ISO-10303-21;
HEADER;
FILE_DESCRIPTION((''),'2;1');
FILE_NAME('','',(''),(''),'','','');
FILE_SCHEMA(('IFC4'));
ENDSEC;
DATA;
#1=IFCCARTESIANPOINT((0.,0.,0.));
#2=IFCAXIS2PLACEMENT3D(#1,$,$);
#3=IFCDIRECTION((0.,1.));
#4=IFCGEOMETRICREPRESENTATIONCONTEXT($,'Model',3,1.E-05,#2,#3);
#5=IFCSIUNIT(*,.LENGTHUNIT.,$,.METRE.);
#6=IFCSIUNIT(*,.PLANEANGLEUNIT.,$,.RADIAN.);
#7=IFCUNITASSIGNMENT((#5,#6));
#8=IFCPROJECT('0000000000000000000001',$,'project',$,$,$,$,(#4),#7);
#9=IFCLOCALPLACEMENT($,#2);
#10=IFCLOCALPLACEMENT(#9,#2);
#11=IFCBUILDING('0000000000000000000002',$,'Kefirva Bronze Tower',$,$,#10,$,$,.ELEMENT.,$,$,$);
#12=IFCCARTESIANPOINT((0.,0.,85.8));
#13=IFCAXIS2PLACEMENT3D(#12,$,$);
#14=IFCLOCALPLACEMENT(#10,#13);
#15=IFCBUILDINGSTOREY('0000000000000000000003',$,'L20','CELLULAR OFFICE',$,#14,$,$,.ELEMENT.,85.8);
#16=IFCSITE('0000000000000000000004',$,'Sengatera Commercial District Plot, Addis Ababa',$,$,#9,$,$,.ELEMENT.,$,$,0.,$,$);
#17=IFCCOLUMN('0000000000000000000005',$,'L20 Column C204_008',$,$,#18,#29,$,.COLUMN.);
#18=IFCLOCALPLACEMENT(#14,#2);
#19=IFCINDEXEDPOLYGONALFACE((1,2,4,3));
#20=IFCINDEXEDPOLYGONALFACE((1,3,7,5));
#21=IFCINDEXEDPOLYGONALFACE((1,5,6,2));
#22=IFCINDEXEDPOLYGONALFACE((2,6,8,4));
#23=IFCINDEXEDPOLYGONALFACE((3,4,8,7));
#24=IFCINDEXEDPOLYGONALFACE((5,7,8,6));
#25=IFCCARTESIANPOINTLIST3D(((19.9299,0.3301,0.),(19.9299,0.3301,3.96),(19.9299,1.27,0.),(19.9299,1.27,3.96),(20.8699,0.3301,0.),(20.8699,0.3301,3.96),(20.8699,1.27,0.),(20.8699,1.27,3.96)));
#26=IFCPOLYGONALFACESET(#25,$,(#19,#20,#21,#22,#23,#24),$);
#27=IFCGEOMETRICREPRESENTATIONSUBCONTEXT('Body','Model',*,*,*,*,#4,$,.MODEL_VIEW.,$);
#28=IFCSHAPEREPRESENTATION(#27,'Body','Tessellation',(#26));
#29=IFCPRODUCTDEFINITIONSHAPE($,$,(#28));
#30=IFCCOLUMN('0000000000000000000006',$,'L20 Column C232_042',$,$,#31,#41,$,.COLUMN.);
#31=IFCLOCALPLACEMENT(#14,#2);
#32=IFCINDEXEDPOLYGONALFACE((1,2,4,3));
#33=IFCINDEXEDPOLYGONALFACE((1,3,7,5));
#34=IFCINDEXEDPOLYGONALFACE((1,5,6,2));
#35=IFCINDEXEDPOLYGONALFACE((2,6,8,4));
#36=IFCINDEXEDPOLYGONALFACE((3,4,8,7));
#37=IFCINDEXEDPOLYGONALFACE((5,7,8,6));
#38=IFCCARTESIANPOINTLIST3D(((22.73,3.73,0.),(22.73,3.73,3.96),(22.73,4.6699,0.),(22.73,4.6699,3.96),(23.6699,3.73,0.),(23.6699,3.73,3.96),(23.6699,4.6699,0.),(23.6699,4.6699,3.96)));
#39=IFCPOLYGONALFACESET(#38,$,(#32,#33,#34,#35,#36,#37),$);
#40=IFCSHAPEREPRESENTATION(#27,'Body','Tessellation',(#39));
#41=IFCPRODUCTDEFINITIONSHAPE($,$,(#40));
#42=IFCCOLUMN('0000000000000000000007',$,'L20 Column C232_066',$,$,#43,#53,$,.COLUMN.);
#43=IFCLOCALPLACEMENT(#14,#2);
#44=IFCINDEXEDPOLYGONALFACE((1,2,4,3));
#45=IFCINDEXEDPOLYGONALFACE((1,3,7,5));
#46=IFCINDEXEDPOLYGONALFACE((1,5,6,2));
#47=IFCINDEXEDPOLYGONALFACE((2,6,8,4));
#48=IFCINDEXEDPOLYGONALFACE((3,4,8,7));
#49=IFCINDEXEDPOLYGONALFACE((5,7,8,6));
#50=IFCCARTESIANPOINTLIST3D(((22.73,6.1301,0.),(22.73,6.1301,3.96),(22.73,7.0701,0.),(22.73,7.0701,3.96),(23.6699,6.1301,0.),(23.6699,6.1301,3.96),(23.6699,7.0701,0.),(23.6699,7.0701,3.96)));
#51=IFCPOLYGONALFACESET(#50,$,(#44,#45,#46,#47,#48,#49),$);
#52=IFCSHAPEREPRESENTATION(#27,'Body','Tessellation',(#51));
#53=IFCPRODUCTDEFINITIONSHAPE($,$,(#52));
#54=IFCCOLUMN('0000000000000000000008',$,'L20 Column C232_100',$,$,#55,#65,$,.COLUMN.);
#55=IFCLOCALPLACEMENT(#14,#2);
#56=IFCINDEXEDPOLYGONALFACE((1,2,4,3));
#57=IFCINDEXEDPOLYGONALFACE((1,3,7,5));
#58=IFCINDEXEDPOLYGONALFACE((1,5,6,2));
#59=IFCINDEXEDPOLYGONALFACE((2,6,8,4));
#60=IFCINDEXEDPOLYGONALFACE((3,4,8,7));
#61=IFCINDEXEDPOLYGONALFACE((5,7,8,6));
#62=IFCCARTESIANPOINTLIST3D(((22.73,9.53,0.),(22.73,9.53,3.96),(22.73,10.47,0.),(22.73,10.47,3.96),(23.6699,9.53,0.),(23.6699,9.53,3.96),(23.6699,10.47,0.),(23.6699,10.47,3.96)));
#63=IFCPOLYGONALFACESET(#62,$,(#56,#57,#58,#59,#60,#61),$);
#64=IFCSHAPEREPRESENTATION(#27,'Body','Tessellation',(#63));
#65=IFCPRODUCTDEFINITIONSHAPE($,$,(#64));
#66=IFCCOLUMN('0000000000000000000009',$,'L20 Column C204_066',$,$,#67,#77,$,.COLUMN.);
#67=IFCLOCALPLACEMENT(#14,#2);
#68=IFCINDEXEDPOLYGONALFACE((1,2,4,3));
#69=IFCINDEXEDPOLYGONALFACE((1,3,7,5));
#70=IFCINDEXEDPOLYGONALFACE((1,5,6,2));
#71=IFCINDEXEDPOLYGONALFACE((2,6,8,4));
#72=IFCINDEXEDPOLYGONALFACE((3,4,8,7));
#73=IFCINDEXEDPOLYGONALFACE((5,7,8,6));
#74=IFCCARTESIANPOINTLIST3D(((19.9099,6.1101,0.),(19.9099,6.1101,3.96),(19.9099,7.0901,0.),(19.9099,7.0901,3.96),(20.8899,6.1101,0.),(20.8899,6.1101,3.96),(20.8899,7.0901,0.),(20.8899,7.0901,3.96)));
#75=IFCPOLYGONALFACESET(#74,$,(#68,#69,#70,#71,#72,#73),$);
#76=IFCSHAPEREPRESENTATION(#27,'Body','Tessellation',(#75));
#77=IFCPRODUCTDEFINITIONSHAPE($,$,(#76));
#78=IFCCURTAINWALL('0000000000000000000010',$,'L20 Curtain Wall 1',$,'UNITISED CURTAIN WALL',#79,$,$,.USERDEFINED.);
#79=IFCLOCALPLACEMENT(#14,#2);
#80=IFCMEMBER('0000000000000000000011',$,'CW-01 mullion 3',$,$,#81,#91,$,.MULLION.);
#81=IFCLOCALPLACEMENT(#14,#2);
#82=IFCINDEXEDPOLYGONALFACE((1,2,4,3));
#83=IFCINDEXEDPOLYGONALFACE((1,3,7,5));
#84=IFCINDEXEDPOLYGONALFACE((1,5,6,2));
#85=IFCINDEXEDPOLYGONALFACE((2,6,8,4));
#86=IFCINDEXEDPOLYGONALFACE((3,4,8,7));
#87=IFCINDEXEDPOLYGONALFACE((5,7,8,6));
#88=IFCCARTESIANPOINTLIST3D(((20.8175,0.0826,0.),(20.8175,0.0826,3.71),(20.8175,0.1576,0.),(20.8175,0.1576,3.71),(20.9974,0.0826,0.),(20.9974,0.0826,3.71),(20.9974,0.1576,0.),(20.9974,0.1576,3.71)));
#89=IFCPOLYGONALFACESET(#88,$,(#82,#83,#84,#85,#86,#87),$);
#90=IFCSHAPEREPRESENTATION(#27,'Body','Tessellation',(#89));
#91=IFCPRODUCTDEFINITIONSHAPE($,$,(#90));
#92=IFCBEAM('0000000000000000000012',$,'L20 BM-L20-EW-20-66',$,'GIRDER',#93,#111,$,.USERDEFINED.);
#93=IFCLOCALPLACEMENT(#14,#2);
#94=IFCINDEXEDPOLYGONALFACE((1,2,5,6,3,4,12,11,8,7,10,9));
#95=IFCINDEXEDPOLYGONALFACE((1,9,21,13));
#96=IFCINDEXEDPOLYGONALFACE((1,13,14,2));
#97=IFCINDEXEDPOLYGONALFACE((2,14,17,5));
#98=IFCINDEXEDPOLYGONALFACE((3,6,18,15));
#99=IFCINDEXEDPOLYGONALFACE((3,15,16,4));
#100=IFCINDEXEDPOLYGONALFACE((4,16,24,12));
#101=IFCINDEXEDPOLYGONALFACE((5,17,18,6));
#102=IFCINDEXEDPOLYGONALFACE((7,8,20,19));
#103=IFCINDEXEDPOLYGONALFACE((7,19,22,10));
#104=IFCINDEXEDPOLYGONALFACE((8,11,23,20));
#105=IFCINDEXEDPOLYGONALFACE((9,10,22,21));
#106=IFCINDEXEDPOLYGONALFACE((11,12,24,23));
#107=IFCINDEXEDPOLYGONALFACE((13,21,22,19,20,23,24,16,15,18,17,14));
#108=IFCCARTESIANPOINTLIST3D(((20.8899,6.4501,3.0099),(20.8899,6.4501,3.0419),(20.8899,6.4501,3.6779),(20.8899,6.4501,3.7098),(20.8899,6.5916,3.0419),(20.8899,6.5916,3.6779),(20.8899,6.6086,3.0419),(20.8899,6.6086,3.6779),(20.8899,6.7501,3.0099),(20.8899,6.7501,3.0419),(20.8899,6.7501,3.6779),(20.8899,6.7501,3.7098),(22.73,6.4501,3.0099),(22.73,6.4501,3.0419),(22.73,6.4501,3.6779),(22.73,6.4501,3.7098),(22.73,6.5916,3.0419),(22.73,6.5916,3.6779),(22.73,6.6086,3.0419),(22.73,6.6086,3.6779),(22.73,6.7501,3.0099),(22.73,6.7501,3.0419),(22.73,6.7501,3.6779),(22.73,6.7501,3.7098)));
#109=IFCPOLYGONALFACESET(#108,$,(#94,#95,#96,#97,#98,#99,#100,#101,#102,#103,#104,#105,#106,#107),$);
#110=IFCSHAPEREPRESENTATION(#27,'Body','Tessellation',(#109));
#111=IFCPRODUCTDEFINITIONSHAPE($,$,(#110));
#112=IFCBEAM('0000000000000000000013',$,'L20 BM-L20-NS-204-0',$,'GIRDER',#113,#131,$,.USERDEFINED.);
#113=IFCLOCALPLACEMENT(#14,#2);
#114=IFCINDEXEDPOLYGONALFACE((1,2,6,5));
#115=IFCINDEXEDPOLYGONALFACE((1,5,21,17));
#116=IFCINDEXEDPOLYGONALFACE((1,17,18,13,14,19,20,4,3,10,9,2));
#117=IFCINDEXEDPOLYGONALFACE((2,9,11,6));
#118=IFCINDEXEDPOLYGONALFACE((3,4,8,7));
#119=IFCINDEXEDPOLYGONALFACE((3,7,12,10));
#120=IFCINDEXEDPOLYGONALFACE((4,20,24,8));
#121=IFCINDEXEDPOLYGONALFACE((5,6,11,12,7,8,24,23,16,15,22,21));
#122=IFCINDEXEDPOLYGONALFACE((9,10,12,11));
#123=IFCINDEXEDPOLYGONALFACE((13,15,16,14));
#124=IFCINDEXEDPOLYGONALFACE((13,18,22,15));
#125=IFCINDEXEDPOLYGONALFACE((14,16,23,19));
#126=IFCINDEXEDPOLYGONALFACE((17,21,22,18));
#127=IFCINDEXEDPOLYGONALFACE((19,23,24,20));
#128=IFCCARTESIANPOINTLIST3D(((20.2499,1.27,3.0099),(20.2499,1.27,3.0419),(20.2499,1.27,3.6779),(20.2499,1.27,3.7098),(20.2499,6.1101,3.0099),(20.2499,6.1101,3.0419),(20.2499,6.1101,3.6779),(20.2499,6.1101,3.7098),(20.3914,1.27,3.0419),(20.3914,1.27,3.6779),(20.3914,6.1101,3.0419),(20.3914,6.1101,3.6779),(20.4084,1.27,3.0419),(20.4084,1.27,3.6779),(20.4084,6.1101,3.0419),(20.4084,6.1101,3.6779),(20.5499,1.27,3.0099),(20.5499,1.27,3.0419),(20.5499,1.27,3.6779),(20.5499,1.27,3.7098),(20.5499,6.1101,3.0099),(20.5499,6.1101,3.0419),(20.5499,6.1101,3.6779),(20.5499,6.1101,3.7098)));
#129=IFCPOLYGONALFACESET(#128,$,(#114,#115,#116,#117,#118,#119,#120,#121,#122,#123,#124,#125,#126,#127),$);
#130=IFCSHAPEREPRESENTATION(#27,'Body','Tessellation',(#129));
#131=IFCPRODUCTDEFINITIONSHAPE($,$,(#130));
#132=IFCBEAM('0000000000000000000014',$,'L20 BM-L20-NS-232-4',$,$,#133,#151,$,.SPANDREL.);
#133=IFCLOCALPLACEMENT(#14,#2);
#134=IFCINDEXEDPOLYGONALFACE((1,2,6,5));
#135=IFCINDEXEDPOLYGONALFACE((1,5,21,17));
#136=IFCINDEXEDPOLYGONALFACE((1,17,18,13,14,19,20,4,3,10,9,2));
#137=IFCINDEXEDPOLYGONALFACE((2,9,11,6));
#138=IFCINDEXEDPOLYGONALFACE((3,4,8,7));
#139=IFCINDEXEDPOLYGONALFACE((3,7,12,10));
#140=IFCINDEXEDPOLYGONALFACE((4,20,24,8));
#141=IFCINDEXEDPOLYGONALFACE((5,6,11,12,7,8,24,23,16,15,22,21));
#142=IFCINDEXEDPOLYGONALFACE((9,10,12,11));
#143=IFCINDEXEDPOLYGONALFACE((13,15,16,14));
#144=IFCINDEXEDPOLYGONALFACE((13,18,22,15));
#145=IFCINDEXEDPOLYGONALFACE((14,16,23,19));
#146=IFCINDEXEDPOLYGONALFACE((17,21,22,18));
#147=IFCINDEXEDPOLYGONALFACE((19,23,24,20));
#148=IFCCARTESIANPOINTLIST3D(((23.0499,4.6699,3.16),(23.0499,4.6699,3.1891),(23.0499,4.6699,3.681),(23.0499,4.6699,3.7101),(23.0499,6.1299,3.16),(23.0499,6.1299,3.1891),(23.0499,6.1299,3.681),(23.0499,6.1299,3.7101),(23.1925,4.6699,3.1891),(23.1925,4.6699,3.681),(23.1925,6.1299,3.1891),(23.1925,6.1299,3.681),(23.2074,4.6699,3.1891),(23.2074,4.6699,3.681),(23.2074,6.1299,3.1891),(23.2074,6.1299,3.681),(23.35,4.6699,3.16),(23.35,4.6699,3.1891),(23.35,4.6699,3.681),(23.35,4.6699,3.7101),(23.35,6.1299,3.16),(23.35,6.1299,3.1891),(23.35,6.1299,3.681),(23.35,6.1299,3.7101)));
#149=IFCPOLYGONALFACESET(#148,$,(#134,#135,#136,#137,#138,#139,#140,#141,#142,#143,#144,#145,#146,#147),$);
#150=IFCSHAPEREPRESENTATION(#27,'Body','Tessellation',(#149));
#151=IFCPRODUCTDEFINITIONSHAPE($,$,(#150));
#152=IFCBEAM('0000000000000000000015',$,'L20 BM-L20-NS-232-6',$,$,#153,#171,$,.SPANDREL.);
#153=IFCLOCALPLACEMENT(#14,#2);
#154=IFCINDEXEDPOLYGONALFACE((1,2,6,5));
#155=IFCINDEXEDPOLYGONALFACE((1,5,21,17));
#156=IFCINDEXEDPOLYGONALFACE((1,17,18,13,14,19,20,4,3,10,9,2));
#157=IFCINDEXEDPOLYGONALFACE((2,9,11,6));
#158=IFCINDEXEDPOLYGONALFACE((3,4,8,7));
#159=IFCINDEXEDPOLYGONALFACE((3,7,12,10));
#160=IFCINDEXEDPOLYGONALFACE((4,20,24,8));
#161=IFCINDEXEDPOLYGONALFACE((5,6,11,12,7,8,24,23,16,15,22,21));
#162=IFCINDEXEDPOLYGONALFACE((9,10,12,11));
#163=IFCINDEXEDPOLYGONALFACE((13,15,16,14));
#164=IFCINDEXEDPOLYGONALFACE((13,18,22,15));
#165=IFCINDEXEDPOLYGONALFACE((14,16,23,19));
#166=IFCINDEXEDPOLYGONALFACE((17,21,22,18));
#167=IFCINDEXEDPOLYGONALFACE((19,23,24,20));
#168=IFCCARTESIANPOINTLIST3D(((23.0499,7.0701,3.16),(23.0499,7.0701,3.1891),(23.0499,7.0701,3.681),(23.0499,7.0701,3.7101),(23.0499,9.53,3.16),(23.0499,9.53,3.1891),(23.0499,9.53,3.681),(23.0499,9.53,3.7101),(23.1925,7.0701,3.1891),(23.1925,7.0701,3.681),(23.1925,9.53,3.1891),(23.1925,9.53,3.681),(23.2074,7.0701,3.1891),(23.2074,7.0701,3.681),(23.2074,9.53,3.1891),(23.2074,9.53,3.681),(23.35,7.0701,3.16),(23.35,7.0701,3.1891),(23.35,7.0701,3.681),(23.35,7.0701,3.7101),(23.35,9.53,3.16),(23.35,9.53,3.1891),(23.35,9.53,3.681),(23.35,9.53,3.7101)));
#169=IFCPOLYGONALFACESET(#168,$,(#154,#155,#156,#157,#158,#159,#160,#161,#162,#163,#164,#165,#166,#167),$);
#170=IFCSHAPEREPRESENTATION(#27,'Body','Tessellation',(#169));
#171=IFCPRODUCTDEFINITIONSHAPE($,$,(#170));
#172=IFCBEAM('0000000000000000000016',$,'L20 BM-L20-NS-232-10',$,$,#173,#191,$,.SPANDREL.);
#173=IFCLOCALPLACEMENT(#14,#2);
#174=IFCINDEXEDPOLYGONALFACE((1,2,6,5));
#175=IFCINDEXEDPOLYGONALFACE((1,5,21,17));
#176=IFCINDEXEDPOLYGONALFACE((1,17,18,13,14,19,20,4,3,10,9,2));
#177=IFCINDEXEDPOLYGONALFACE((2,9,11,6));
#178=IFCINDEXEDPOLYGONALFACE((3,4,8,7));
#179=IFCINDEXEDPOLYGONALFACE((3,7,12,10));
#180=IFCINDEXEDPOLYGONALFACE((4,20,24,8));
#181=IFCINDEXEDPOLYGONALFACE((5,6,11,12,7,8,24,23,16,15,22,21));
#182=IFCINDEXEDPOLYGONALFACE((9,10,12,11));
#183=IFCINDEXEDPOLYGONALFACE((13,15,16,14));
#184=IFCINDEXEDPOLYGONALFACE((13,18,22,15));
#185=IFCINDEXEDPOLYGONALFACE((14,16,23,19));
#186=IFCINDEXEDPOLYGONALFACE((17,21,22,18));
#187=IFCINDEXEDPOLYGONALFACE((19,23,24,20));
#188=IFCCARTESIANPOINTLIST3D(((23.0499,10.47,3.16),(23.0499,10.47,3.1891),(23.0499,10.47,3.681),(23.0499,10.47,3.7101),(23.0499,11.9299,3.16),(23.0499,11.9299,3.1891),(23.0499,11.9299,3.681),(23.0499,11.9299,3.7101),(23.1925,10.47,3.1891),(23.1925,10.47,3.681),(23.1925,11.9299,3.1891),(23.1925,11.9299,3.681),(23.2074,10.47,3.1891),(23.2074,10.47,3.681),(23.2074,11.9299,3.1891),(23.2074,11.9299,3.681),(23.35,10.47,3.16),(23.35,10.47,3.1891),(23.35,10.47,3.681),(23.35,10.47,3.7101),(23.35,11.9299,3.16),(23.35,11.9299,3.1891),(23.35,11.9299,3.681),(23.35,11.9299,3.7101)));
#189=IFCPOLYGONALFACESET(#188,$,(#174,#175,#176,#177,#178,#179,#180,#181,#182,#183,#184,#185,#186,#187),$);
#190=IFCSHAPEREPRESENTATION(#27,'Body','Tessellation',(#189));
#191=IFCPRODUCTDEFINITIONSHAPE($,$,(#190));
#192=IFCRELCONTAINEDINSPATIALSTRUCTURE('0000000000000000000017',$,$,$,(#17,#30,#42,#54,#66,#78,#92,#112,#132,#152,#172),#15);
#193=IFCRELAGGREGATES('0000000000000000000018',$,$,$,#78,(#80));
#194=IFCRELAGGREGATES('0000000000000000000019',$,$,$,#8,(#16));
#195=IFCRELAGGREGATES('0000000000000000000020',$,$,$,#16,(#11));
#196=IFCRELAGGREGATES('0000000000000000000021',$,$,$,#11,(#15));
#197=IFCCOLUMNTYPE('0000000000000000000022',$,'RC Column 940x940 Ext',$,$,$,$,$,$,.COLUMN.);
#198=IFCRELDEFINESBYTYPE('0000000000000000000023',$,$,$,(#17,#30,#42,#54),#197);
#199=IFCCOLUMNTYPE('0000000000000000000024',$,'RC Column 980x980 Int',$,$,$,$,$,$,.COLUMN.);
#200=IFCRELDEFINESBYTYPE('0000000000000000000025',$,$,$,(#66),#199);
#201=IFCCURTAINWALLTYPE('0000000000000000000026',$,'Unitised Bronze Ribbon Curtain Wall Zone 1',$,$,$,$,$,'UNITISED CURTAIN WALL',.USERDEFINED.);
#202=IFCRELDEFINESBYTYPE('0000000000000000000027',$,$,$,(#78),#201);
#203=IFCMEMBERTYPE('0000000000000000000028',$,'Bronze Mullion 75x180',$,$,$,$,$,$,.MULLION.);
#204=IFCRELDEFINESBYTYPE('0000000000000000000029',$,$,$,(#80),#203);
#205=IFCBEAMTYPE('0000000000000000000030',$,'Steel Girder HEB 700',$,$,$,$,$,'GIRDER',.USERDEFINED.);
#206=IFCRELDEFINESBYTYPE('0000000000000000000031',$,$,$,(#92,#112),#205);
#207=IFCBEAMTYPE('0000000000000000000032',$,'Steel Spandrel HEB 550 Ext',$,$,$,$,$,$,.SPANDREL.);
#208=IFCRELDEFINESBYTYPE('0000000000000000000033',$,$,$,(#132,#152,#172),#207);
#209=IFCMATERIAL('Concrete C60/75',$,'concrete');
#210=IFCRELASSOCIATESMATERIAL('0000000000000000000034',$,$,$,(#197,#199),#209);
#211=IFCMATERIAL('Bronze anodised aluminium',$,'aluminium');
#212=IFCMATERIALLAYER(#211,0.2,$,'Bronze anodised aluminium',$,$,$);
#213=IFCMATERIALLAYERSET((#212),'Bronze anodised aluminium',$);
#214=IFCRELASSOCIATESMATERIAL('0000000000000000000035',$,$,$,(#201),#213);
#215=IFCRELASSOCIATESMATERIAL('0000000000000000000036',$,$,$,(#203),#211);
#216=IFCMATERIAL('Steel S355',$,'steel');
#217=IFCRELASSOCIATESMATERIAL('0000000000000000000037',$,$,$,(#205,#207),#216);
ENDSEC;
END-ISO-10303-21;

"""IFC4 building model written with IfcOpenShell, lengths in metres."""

from ifc_helpers import new_model, si_unit, direction, frame, origin, origin_2d, place, context, subcontext, project, spatial, rectangle, i_section, extrude, material, layer, layer_set, material_profile, profile_set, type_object, element, aggregate, save


model = new_model("IFC4")

# Units and contexts
model_context = context("Model", 3, precision=1e-05, world=origin(), true_north=direction((0.0, 1.0)))
body_context = subcontext(model_context, "Body", "Model", "MODEL_VIEW")
ifc_project = project(units=[si_unit("LENGTHUNIT", "METRE"), si_unit("PLANEANGLEUNIT", "RADIAN")], contexts=[model_context])

# Site, building, storey
site_placement = place(None, origin())
site = spatial("IfcSite", under=ifc_project, at=site_placement, Name="Sengatera Commercial District Plot, Addis Ababa", CompositionType="ELEMENT", RefElevation=0.0)
building_placement = place(site_placement, origin())
building = spatial("IfcBuilding", under=site, at=building_placement, Name="Kefirva Bronze Tower", CompositionType="ELEMENT")
storey_placement = place(building_placement, frame((0.0, 0.0, 85.8)))
storey = spatial("IfcBuildingStorey", under=building, at=storey_placement, Name="L20", Description="CELLULAR OFFICE", CompositionType="ELEMENT", Elevation=85.8)

# Columns
ifc_material_1 = material(Name="Concrete C60/75", Category="concrete")
ifc_material_profile_1 = material_profile(ifc_material_1, rectangle(XDim=0.9399, YDim=0.9399, at=origin_2d()), Name="RC 940x940")
ifc_profile_set_1 = profile_set([ifc_material_profile_1], Name="Concrete C60/75")
column_type_1 = type_object("IfcColumnType", Name="RC Column 940x940 Ext", PredefinedType="COLUMN", material=ifc_profile_set_1)
for number, where, z_axis, x_axis, name in (
    (1, (20.3999, 0.8, 0.0), (0.0, 0.0, 1.0), (1.0, 0.0, 0.0), "L20 Column C204_008"),
    (2, (23.2, 4.2, 0.0), (0.0, 0.0, 1.0), (1.0, 0.0, 0.0), "L20 Column C232_042"),
    (3, (23.2, 6.6001, 0.0), (0.0, 0.0, 1.0), (1.0, 0.0, 0.0), "L20 Column C232_066"),
    (4, (23.2, 10.0, 0.0), (0.0, 0.0, 1.0), (1.0, 0.0, 0.0), "L20 Column C232_100"),
):
    element("IfcColumn", number, at=place(storey_placement, frame(where, z_axis=z_axis, x_axis=x_axis)), inside=storey, type_object=column_type_1, Name=name, PredefinedType="COLUMN", context=body_context, shape_type="SweptSolid", body=[
        extrude(rectangle(XDim=0.9399, YDim=0.9399, at=origin_2d()), origin(), (0.0, 0.0, 1.0), 3.96),
    ])
ifc_material_profile_2 = material_profile(ifc_material_1, rectangle(XDim=0.98, YDim=0.98, at=origin_2d()), Name="RC 980x980")
ifc_profile_set_2 = profile_set([ifc_material_profile_2], Name="Concrete C60/75")
column_type_2 = type_object("IfcColumnType", Name="RC Column 980x980 Int", PredefinedType="COLUMN", material=ifc_profile_set_2)
column_placement = place(storey_placement, frame((20.3999, 6.6001, 0.0), z_axis=(0.0, 0.0, 1.0), x_axis=(1.0, 0.0, 0.0)))
element("IfcColumn", 5, at=column_placement, inside=storey, type_object=column_type_2, Name="L20 Column C204_066", PredefinedType="COLUMN", context=body_context, shape_type="SweptSolid", body=[
    extrude(rectangle(XDim=0.98, YDim=0.98, at=origin_2d()), origin(), (0.0, 0.0, 1.0), 3.96),
])

# Curtain wall, member
ifc_material_2 = material(Name="Bronze anodised aluminium", Category="aluminium")
ifc_layer_1 = layer(ifc_material_2, 0.2, Name="Bronze anodised aluminium")
ifc_layer_set_1 = layer_set([ifc_layer_1], Name="Bronze anodised aluminium")
curtain_wall_type = type_object("IfcCurtainWallType", Name="Unitised Bronze Ribbon Curtain Wall Zone 1", ElementType="UNITISED CURTAIN WALL", PredefinedType="USERDEFINED", material=ifc_layer_set_1)
curtain_wall_placement = place(storey_placement, origin())
curtain_wall = element("IfcCurtainWall", 6, at=curtain_wall_placement, inside=storey, type_object=curtain_wall_type, Name="L20 Curtain Wall 1", ObjectType="UNITISED CURTAIN WALL", PredefinedType="USERDEFINED")
ifc_material_profile_3 = material_profile(ifc_material_2, rectangle(XDim=0.075, YDim=0.1799, at=origin_2d()), Name="ALU 75x180")
ifc_profile_set_3 = profile_set([ifc_material_profile_3], Name="Bronze anodised aluminium")
member_type = type_object("IfcMemberType", Name="Bronze Mullion 75x180", PredefinedType="MULLION", material=ifc_profile_set_3)
member_placement = place(storey_placement, frame((20.9075, 0.1201, 0.0), z_axis=(0.0, 0.0, 1.0), x_axis=(0.0, 1.0, 0.0)))
member = element("IfcMember", 7, at=member_placement, type_object=member_type, Name="CW-01 mullion 3", PredefinedType="MULLION", context=body_context, shape_type="SweptSolid", body=[
    extrude(rectangle(XDim=0.075, YDim=0.1799, at=origin_2d()), origin(), (0.0, 0.0, 1.0), 3.71),
])
aggregate(curtain_wall, [member])

# Beams
ifc_material_3 = material(Name="Steel S355", Category="steel")
ifc_material_profile_4 = material_profile(ifc_material_3, i_section(OverallWidth=0.3, OverallDepth=0.7, WebThickness=0.0171, FlangeThickness=0.032, at=origin_2d()), Name="HEB 700")
ifc_profile_set_4 = profile_set([ifc_material_profile_4], Name="Steel S355")
beam_type_1 = type_object("IfcBeamType", Name="Steel Girder HEB 700", ElementType="GIRDER", PredefinedType="USERDEFINED", material=ifc_profile_set_4)
beam_1_placement = place(storey_placement, frame((20.8899, 6.6001, 3.3599), z_axis=(1.0, 0.0, 0.0), x_axis=(0.0, 1.0, 0.0)))
element("IfcBeam", 8, at=beam_1_placement, inside=storey, type_object=beam_type_1, Name="L20 BM-L20-EW-20-66", ObjectType="GIRDER", PredefinedType="USERDEFINED", context=body_context, shape_type="SweptSolid", body=[
    extrude(i_section(OverallWidth=0.3, OverallDepth=0.7, WebThickness=0.0171, FlangeThickness=0.032, at=origin_2d()), origin(), (0.0, 0.0, 1.0), 1.8401),
])
beam_2_placement = place(storey_placement, frame((20.3999, 1.27, 3.3599), z_axis=(0.0, 1.0, 0.0), x_axis=(-1.0, 0.0, 0.0)))
element("IfcBeam", 9, at=beam_2_placement, inside=storey, type_object=beam_type_1, Name="L20 BM-L20-NS-204-0", ObjectType="GIRDER", PredefinedType="USERDEFINED", context=body_context, shape_type="SweptSolid", body=[
    extrude(i_section(OverallWidth=0.3, OverallDepth=0.7, WebThickness=0.0171, FlangeThickness=0.032, at=origin_2d()), origin(), (0.0, 0.0, 1.0), 4.8401),
])
ifc_material_profile_5 = material_profile(ifc_material_3, i_section(OverallWidth=0.3, OverallDepth=0.55, WebThickness=0.0149, FlangeThickness=0.0291, at=origin_2d()), Name="HEB 550")
ifc_profile_set_5 = profile_set([ifc_material_profile_5], Name="Steel S355")
beam_type_2 = type_object("IfcBeamType", Name="Steel Spandrel HEB 550 Ext", PredefinedType="SPANDREL", material=ifc_profile_set_5)
beam_3_placement = place(storey_placement, frame((23.2, 4.6699, 3.4351), z_axis=(0.0, 1.0, 0.0), x_axis=(-1.0, 0.0, 0.0)))
element("IfcBeam", 10, at=beam_3_placement, inside=storey, type_object=beam_type_2, Name="L20 BM-L20-NS-232-4", PredefinedType="SPANDREL", context=body_context, shape_type="SweptSolid", body=[
    extrude(i_section(OverallWidth=0.3, OverallDepth=0.55, WebThickness=0.0149, FlangeThickness=0.0291, at=origin_2d()), origin(), (0.0, 0.0, 1.0), 1.46),
])
beam_4_placement = place(storey_placement, frame((23.2, 7.0701, 3.4351), z_axis=(0.0, 1.0, 0.0), x_axis=(-1.0, 0.0, 0.0)))
element("IfcBeam", 11, at=beam_4_placement, inside=storey, type_object=beam_type_2, Name="L20 BM-L20-NS-232-6", PredefinedType="SPANDREL", context=body_context, shape_type="SweptSolid", body=[
    extrude(i_section(OverallWidth=0.3, OverallDepth=0.55, WebThickness=0.0149, FlangeThickness=0.0291, at=origin_2d()), origin(), (0.0, 0.0, 1.0), 2.46),
])
beam_5_placement = place(storey_placement, frame((23.2, 10.47, 3.4351), z_axis=(0.0, 1.0, 0.0), x_axis=(-1.0, 0.0, 0.0)))
element("IfcBeam", 12, at=beam_5_placement, inside=storey, type_object=beam_type_2, Name="L20 BM-L20-NS-232-10", PredefinedType="SPANDREL", context=body_context, shape_type="SweptSolid", body=[
    extrude(i_section(OverallWidth=0.3, OverallDepth=0.55, WebThickness=0.0149, FlangeThickness=0.0291, at=origin_2d()), origin(), (0.0, 0.0, 1.0), 1.46),
])

save(model, "model.ifc")
